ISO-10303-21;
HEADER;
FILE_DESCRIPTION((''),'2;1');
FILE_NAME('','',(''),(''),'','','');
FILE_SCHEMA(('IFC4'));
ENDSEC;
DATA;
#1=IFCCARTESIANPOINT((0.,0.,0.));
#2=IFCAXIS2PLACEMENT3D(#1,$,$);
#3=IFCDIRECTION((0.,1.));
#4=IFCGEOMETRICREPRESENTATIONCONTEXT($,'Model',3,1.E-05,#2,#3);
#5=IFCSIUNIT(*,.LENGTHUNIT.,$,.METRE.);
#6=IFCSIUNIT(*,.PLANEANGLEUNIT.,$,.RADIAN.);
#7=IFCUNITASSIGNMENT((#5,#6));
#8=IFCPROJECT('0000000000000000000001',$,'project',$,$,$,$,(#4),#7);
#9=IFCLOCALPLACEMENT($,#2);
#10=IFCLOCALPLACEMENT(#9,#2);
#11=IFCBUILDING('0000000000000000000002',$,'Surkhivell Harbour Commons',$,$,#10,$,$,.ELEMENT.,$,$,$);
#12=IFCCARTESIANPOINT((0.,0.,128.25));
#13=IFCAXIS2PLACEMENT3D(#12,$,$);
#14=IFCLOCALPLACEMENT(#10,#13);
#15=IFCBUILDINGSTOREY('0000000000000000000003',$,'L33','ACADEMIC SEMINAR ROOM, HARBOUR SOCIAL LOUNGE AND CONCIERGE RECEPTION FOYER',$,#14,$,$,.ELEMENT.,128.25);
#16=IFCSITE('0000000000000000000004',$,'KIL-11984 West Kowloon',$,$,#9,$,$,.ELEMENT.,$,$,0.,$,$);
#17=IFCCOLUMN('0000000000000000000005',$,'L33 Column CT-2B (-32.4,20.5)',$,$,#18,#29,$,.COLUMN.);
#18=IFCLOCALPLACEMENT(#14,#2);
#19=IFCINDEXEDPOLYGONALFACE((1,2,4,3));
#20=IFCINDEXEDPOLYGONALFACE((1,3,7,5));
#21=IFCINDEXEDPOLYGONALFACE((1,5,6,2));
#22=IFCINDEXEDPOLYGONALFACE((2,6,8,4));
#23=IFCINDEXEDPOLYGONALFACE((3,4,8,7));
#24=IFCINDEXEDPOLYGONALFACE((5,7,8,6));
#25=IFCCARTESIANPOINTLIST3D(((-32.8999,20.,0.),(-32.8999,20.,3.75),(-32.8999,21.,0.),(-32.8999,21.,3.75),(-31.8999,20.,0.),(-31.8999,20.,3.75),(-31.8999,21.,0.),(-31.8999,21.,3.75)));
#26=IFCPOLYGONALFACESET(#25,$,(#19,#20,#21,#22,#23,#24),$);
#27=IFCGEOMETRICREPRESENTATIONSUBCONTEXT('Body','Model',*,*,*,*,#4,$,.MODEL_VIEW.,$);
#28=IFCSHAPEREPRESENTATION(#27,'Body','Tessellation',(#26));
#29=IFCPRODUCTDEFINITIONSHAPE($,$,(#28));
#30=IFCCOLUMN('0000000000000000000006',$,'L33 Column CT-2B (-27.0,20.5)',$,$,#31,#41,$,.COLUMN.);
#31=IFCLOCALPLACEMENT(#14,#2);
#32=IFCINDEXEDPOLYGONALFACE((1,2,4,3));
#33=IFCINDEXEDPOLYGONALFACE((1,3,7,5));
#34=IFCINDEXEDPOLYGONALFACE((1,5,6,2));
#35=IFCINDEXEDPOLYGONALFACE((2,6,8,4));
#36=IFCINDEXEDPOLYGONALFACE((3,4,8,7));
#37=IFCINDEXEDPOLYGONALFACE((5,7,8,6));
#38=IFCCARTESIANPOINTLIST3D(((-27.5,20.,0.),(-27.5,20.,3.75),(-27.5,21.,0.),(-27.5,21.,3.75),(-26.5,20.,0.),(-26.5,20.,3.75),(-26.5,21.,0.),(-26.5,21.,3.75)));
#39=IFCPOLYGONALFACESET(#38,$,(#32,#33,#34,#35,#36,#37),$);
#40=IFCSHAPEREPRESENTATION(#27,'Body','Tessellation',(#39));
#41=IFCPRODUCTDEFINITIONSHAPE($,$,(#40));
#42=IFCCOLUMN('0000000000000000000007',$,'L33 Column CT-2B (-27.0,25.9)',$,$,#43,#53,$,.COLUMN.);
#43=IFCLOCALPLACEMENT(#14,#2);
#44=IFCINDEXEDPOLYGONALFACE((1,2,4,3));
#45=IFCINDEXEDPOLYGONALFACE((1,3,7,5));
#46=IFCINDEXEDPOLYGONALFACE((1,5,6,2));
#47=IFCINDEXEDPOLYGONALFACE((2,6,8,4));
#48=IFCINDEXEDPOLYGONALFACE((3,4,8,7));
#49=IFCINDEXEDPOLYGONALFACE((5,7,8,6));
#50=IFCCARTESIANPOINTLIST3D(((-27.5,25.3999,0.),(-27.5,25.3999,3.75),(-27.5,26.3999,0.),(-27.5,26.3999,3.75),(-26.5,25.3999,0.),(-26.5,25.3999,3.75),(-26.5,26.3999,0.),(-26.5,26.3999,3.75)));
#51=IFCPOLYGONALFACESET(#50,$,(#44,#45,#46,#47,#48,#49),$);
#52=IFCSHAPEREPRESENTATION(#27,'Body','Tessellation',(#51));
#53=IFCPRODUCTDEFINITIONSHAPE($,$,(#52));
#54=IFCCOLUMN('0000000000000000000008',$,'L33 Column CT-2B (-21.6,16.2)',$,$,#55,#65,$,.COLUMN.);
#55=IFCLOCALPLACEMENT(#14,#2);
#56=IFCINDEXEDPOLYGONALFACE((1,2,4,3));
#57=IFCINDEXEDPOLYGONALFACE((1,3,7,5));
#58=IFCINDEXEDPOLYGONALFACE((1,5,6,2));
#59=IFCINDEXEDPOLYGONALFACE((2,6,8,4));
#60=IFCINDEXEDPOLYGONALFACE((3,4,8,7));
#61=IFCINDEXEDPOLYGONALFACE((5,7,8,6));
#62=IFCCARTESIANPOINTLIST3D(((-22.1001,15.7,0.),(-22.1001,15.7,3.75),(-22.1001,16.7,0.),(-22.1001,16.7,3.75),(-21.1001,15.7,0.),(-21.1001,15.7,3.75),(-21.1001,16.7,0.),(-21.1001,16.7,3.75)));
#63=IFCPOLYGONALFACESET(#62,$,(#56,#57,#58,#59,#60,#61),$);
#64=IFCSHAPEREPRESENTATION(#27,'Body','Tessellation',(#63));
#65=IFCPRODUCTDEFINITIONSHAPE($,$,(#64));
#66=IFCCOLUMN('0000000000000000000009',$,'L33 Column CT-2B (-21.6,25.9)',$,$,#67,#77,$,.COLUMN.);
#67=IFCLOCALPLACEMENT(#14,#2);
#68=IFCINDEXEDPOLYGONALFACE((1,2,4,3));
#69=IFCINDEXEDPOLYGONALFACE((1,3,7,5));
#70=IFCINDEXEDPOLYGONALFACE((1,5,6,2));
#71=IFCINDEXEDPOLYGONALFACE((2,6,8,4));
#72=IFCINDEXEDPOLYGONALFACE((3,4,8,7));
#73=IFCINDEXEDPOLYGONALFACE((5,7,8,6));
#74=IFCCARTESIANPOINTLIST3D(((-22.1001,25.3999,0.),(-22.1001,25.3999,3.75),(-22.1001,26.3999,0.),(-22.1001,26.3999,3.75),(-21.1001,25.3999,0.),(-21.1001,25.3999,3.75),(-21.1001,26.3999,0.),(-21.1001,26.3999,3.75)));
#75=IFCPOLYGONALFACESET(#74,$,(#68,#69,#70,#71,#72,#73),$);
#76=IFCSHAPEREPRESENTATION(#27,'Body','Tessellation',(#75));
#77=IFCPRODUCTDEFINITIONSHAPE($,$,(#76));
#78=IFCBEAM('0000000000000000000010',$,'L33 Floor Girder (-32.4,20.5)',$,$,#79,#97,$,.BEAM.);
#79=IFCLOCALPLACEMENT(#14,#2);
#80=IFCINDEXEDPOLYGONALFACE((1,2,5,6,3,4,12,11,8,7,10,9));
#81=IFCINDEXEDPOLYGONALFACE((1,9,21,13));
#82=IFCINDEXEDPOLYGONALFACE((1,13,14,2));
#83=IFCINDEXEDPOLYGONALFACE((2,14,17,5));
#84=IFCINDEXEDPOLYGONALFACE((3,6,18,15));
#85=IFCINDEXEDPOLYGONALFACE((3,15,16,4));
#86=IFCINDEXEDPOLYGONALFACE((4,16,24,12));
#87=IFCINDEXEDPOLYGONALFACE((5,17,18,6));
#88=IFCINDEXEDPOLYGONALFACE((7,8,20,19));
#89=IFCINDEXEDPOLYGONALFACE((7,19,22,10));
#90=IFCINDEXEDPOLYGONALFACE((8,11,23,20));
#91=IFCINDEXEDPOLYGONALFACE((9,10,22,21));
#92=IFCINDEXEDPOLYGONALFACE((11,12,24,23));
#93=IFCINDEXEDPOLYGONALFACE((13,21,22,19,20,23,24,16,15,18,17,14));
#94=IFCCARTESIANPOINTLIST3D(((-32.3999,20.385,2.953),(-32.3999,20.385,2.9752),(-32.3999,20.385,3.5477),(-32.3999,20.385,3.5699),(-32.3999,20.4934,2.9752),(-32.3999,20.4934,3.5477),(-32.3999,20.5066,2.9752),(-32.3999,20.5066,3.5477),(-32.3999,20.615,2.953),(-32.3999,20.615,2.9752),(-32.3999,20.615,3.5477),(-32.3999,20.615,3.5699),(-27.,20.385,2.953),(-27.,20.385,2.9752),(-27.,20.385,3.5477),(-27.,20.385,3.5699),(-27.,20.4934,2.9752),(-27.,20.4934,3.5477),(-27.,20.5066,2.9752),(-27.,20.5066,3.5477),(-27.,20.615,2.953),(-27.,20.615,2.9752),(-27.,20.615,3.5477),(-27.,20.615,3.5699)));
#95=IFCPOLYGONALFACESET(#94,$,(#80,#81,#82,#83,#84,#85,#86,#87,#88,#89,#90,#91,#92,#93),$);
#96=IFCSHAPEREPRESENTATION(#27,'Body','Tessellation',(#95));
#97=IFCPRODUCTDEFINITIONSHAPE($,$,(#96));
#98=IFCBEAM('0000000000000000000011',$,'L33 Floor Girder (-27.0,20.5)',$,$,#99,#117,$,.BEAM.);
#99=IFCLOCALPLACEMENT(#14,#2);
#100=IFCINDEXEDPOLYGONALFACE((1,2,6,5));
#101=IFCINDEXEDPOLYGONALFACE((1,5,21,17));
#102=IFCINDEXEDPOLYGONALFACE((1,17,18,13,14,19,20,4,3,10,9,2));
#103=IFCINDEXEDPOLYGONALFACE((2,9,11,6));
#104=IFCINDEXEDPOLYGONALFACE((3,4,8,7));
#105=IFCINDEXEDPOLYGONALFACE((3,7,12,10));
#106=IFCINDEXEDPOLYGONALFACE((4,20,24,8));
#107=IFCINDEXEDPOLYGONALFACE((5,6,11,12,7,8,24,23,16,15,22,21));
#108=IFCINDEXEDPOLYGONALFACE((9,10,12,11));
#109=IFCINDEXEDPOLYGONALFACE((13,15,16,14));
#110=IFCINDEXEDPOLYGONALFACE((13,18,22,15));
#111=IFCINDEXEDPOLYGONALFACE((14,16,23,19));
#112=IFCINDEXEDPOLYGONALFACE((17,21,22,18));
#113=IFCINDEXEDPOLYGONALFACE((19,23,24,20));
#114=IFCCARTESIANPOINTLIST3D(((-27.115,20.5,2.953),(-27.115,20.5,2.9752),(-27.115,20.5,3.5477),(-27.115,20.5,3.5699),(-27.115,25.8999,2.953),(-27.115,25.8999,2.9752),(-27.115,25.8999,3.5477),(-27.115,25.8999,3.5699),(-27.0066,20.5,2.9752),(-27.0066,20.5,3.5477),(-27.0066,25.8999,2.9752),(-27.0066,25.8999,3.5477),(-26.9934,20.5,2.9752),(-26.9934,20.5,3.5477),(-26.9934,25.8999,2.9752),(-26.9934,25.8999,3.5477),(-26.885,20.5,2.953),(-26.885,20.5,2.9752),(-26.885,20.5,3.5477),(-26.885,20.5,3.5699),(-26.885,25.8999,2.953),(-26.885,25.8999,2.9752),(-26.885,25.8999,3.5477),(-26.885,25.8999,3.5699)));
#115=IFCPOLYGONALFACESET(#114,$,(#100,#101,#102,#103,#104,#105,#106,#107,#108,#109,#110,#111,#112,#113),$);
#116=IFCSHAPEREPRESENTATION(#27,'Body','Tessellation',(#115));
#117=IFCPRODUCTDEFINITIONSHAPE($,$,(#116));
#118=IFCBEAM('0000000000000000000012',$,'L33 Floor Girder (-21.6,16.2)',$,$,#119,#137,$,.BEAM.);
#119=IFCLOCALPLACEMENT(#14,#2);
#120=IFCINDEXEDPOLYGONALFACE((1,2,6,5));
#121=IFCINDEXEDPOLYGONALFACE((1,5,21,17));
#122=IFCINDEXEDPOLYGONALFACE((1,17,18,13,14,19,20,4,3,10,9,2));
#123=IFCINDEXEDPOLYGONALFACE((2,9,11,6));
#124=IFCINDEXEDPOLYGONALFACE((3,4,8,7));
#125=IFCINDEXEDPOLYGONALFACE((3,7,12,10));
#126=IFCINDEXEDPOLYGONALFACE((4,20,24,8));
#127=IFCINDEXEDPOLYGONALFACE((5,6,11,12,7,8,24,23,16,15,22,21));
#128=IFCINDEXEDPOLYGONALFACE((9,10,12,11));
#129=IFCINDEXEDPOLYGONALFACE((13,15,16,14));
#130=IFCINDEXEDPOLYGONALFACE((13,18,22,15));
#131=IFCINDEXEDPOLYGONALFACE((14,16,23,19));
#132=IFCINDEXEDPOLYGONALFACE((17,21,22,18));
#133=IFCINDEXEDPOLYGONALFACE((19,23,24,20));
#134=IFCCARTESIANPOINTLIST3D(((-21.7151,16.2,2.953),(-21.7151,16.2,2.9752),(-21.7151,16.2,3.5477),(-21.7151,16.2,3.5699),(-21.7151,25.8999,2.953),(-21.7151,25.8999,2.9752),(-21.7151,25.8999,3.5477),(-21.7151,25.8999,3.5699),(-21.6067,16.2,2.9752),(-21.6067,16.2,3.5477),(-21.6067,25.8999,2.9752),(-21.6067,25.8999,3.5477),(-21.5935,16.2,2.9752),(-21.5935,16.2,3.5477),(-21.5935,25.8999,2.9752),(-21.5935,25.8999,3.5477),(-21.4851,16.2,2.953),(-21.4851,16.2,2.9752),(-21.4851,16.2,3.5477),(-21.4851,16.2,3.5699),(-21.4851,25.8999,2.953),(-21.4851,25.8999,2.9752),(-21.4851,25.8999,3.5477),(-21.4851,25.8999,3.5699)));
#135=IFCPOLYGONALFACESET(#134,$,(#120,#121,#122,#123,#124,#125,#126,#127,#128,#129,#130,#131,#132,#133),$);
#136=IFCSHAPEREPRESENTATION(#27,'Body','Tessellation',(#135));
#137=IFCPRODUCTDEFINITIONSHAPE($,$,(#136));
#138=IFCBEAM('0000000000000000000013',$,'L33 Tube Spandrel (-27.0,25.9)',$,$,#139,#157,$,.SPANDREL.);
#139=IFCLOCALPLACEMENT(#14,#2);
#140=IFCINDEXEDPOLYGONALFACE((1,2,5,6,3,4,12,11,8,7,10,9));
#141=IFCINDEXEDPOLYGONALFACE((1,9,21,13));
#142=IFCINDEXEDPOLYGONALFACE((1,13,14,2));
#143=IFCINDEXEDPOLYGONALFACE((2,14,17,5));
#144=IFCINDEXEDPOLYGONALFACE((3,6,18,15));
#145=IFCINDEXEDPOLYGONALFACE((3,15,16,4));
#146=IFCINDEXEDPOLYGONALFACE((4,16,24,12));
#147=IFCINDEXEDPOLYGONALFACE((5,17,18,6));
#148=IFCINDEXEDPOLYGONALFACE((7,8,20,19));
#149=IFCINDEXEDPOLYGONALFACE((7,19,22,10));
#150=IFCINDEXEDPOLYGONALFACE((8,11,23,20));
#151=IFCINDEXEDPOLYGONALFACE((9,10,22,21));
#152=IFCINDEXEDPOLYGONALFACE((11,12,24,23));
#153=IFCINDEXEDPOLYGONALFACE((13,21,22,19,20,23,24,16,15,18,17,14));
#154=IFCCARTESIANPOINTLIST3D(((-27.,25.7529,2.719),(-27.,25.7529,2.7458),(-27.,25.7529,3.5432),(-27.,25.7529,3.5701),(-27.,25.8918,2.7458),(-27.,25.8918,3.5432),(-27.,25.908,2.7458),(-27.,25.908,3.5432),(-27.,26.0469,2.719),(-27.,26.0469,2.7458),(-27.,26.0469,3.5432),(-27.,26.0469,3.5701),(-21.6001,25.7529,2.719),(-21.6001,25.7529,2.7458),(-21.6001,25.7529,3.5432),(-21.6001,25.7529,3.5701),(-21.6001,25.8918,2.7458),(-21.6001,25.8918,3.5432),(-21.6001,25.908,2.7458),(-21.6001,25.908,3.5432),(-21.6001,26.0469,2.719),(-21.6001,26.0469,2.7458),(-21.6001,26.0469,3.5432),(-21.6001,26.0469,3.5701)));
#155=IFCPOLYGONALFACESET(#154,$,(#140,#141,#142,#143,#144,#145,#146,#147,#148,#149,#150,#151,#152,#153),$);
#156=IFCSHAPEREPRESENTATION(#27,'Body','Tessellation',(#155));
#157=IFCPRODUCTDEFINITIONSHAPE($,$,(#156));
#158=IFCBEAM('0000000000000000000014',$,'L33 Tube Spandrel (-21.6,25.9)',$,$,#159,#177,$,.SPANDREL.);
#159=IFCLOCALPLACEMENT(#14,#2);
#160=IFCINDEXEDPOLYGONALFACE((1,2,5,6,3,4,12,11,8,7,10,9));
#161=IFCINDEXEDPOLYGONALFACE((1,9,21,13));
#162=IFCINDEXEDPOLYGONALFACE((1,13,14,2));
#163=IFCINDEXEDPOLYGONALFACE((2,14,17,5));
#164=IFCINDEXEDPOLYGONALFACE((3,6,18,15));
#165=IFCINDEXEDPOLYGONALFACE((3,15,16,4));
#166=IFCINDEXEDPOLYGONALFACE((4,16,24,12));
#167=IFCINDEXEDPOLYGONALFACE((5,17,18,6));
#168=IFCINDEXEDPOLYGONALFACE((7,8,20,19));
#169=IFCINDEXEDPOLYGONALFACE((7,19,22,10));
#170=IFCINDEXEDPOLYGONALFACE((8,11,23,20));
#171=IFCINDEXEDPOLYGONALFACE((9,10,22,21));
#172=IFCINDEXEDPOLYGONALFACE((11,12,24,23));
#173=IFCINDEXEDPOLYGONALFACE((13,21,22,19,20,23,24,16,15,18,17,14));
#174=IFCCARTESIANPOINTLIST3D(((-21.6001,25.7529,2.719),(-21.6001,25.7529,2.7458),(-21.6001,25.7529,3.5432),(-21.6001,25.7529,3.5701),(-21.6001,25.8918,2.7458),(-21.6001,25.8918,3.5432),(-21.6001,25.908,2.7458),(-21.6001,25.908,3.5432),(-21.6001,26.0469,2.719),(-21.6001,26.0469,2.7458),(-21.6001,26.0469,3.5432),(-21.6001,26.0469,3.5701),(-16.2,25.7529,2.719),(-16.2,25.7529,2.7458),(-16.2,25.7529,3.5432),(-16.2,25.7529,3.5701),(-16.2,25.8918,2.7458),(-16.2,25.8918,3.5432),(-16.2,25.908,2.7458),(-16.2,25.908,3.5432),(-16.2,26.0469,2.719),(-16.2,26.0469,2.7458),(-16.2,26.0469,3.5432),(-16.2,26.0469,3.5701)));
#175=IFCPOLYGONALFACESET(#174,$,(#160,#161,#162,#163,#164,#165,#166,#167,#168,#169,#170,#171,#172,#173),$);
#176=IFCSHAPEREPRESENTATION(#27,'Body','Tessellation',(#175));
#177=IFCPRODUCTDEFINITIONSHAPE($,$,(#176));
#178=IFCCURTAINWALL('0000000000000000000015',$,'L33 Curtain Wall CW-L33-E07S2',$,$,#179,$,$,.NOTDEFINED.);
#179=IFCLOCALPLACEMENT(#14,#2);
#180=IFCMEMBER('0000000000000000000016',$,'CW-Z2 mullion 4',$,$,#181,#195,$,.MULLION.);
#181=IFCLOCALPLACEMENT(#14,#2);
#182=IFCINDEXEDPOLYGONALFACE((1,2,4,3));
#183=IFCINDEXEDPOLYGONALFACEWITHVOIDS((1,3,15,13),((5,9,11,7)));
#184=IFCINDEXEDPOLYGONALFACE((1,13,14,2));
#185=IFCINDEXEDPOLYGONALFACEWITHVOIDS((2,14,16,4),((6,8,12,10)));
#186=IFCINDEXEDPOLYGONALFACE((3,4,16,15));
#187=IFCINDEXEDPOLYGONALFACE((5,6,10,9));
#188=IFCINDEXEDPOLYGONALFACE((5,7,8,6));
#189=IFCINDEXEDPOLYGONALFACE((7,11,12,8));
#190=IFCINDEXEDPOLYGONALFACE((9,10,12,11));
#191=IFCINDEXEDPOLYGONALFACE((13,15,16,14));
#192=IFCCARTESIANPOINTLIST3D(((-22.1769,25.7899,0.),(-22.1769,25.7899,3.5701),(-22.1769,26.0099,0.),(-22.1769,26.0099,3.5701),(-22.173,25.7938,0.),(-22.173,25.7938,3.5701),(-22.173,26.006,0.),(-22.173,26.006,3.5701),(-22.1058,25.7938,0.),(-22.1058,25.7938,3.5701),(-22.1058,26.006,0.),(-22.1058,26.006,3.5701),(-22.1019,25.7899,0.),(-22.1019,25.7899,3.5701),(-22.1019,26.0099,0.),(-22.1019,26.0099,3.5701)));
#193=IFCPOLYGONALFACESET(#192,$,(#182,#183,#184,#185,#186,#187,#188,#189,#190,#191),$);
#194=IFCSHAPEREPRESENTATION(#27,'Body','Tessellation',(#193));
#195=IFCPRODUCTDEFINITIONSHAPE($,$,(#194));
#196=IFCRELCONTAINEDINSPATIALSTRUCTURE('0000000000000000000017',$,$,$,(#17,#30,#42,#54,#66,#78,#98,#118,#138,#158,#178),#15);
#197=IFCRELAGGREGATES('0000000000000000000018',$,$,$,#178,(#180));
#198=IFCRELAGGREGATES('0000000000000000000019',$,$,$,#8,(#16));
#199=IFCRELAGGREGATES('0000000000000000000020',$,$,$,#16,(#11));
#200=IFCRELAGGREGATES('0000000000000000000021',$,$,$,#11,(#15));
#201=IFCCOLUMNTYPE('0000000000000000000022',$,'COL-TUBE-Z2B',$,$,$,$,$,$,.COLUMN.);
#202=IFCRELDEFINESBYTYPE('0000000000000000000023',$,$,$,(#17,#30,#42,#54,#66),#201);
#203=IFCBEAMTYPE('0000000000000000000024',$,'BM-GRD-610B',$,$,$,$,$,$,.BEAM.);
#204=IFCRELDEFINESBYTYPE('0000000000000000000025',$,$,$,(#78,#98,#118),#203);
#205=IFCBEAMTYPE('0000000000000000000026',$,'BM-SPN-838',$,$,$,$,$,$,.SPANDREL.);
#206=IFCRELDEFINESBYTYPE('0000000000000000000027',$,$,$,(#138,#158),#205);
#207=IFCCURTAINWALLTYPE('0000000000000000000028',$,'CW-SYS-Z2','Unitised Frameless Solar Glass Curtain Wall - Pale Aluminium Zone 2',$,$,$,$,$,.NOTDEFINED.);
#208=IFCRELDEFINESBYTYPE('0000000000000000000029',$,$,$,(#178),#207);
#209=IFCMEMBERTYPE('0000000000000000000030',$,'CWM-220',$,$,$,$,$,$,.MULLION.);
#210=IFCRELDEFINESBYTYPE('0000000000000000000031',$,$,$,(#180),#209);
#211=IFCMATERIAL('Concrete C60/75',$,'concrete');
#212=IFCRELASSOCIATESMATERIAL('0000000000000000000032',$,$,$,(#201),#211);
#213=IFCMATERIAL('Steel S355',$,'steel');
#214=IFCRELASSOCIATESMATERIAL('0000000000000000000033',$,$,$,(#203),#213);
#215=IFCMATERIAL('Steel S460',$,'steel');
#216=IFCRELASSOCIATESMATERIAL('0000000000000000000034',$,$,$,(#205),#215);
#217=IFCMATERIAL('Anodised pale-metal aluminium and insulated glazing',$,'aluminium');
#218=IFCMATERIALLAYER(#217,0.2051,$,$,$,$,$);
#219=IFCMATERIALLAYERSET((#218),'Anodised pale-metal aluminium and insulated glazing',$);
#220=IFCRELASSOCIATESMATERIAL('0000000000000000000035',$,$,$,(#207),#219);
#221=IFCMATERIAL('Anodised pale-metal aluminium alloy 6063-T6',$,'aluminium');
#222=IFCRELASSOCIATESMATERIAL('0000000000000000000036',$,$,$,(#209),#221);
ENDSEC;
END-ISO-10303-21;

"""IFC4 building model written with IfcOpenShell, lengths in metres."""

from ifc_helpers import new_model, si_unit, direction, frame, origin, origin_2d, place, context, subcontext, project, spatial, rectangle, hollow_rectangle, i_section, extrude, material, layer, layer_set, material_profile, profile_set, type_object, element, aggregate, save


model = new_model("IFC4")

# Units and contexts
model_context = context("Model", 3, precision=1e-05, world=origin(), true_north=direction((0.0, 1.0)))
body_context = subcontext(model_context, "Body", "Model", "MODEL_VIEW")
ifc_project = project(units=[si_unit("LENGTHUNIT", "METRE"), si_unit("PLANEANGLEUNIT", "RADIAN")], contexts=[model_context])

# Site, building, storey
site_placement = place(None, origin())
site = spatial("IfcSite", under=ifc_project, at=site_placement, Name="KIL-11984 West Kowloon", CompositionType="ELEMENT", RefElevation=0.0)
building_placement = place(site_placement, origin())
building = spatial("IfcBuilding", under=site, at=building_placement, Name="Surkhivell Harbour Commons", CompositionType="ELEMENT")
storey_placement = place(building_placement, frame((0.0, 0.0, 128.25)))
storey = spatial("IfcBuildingStorey", under=building, at=storey_placement, Name="L33", Description="ACADEMIC SEMINAR ROOM, HARBOUR SOCIAL LOUNGE AND CONCIERGE RECEPTION FOYER", CompositionType="ELEMENT", Elevation=128.25)

# Columns
ifc_material_1 = material(Name="Concrete C60/75", Category="concrete")
ifc_material_profile_1 = material_profile(ifc_material_1, rectangle(XDim=1.0, YDim=1.0, at=origin_2d()), Name="RC-COL-1000x1000")
ifc_profile_set_1 = profile_set([ifc_material_profile_1], Name="Concrete C60/75")
column_type = type_object("IfcColumnType", Name="COL-TUBE-Z2B", PredefinedType="COLUMN", material=ifc_profile_set_1)
for number, where, z_axis, x_axis, name in (
    (1, (-32.3999, 20.5, 0.0), (0.0, 0.0, 1.0), (1.0, 0.0, 0.0), "L33 Column CT-2B (-32.4,20.5)"),
    (2, (-27.0, 20.5, 0.0), (0.0, 0.0, 1.0), (1.0, 0.0, 0.0), "L33 Column CT-2B (-27.0,20.5)"),
    (3, (-27.0, 25.8999, 0.0), (0.0, 0.0, 1.0), (1.0, 0.0, 0.0), "L33 Column CT-2B (-27.0,25.9)"),
    (4, (-21.6001, 16.2, 0.0), (0.0, 0.0, 1.0), (1.0, 0.0, 0.0), "L33 Column CT-2B (-21.6,16.2)"),
    (5, (-21.6001, 25.8999, 0.0), (0.0, 0.0, 1.0), (1.0, 0.0, 0.0), "L33 Column CT-2B (-21.6,25.9)"),
):
    element("IfcColumn", number, at=place(storey_placement, frame(where, z_axis=z_axis, x_axis=x_axis)), inside=storey, type_object=column_type, Name=name, PredefinedType="COLUMN", context=body_context, shape_type="SweptSolid", body=[
        extrude(rectangle(XDim=1.0, YDim=1.0, at=origin_2d()), origin(), (0.0, 0.0, 1.0), 3.75),
    ])

# Beams
ifc_material_2 = material(Name="Steel S355", Category="steel")
ifc_material_profile_2 = material_profile(ifc_material_2, i_section(OverallWidth=0.23, OverallDepth=0.6169, WebThickness=0.0132, FlangeThickness=0.0222, at=origin_2d()), Name="UB610x229x140")
ifc_profile_set_2 = profile_set([ifc_material_profile_2], Name="Steel S355")
beam_type_1 = type_object("IfcBeamType", Name="BM-GRD-610B", PredefinedType="BEAM", material=ifc_profile_set_2)
for number, where, z_axis, x_axis, name in (
    (6, (-32.3999, 20.5, 3.2615), (1.0, 0.0, 0.0), (0.0, 1.0, 0.0), "L33 Floor Girder (-32.4,20.5)"),
    (7, (-27.0, 20.5, 3.2615), (0.0, 1.0, 0.0), (-1.0, 0.0, 0.0), "L33 Floor Girder (-27.0,20.5)"),
):
    element("IfcBeam", number, at=place(storey_placement, frame(where, z_axis=z_axis, x_axis=x_axis)), inside=storey, type_object=beam_type_1, Name=name, PredefinedType="BEAM", context=body_context, shape_type="SweptSolid", body=[
        extrude(i_section(OverallWidth=0.23, OverallDepth=0.6169, WebThickness=0.0132, FlangeThickness=0.0222, at=origin_2d()), origin(), (0.0, 0.0, 1.0), 5.3999),
    ])
beam_1_placement = place(storey_placement, frame((-21.6001, 16.2, 3.2615), z_axis=(0.0, 1.0, 0.0), x_axis=(-1.0, 0.0, 0.0)))
element("IfcBeam", 8, at=beam_1_placement, inside=storey, type_object=beam_type_1, Name="L33 Floor Girder (-21.6,16.2)", PredefinedType="BEAM", context=body_context, shape_type="SweptSolid", body=[
    extrude(i_section(OverallWidth=0.23, OverallDepth=0.6169, WebThickness=0.0132, FlangeThickness=0.0222, at=origin_2d()), origin(), (0.0, 0.0, 1.0), 9.7),
])
ifc_material_3 = material(Name="Steel S460", Category="steel")
ifc_material_profile_3 = material_profile(ifc_material_3, i_section(OverallWidth=0.2939, OverallDepth=0.8511, WebThickness=0.0161, FlangeThickness=0.0269, at=origin_2d()), Name="UB838x292x226")
ifc_profile_set_3 = profile_set([ifc_material_profile_3], Name="Steel S460")
beam_type_2 = type_object("IfcBeamType", Name="BM-SPN-838", PredefinedType="SPANDREL", material=ifc_profile_set_3)
beam_2_placement = place(storey_placement, frame((-27.0, 25.8999, 3.1445), z_axis=(1.0, 0.0, 0.0), x_axis=(0.0, 1.0, 0.0)))
element("IfcBeam", 9, at=beam_2_placement, inside=storey, type_object=beam_type_2, Name="L33 Tube Spandrel (-27.0,25.9)", PredefinedType="SPANDREL", context=body_context, shape_type="SweptSolid", body=[
    extrude(i_section(OverallWidth=0.2939, OverallDepth=0.8511, WebThickness=0.0161, FlangeThickness=0.0269, at=origin_2d()), origin(), (0.0, 0.0, 1.0), 5.3999),
])
beam_3_placement = place(storey_placement, frame((-21.6001, 25.8999, 3.1445), z_axis=(1.0, 0.0, 0.0), x_axis=(0.0, 1.0, 0.0)))
element("IfcBeam", 10, at=beam_3_placement, inside=storey, type_object=beam_type_2, Name="L33 Tube Spandrel (-21.6,25.9)", PredefinedType="SPANDREL", context=body_context, shape_type="SweptSolid", body=[
    extrude(i_section(OverallWidth=0.2939, OverallDepth=0.8511, WebThickness=0.0161, FlangeThickness=0.0269, at=origin_2d()), origin(), (0.0, 0.0, 1.0), 5.4001),
])

# Curtain wall, member
ifc_material_4 = material(Name="Anodised pale-metal aluminium and insulated glazing", Category="aluminium")
ifc_layer_1 = layer(ifc_material_4, 0.2051)
ifc_layer_set_1 = layer_set([ifc_layer_1], Name="Anodised pale-metal aluminium and insulated glazing")
curtain_wall_type = type_object("IfcCurtainWallType", Name="CW-SYS-Z2", Description="Unitised Frameless Solar Glass Curtain Wall - Pale Aluminium Zone 2", PredefinedType="NOTDEFINED", material=ifc_layer_set_1)
curtain_wall_1_placement = place(storey_placement, origin())
curtain_wall_1 = element("IfcCurtainWall", 11, at=curtain_wall_1_placement, inside=storey, type_object=curtain_wall_type, Name="L33 Curtain Wall CW-L33-E07S2", PredefinedType="NOTDEFINED")
ifc_material_5 = material(Name="Anodised pale-metal aluminium alloy 6063-T6", Category="aluminium")
ifc_material_profile_4 = material_profile(ifc_material_5, hollow_rectangle(XDim=0.075, YDim=0.22, WallThickness=0.0039, at=origin_2d()), Name="ALU-MULL-75x220")
ifc_profile_set_4 = profile_set([ifc_material_profile_4], Name="Anodised pale-metal aluminium alloy 6063-T6")
member_type_1 = type_object("IfcMemberType", Name="CWM-220", PredefinedType="MULLION", material=ifc_profile_set_4)
member_1_placement = place(storey_placement, frame((-22.1394, 25.8999, 0.0), z_axis=(0.0, 0.0, 1.0), x_axis=(-1.0, 0.0, 0.0)))
member_1 = element("IfcMember", 12, at=member_1_placement, type_object=member_type_1, Name="CW-Z2 mullion 4", PredefinedType="MULLION", context=body_context, shape_type="SweptSolid", body=[
    extrude(hollow_rectangle(XDim=0.075, YDim=0.22, WallThickness=0.0039, at=origin_2d()), origin(), (0.0, 0.0, 1.0), 3.5701),
])

aggregate(curtain_wall_1, [member_1])

save(model, "model.ifc")
